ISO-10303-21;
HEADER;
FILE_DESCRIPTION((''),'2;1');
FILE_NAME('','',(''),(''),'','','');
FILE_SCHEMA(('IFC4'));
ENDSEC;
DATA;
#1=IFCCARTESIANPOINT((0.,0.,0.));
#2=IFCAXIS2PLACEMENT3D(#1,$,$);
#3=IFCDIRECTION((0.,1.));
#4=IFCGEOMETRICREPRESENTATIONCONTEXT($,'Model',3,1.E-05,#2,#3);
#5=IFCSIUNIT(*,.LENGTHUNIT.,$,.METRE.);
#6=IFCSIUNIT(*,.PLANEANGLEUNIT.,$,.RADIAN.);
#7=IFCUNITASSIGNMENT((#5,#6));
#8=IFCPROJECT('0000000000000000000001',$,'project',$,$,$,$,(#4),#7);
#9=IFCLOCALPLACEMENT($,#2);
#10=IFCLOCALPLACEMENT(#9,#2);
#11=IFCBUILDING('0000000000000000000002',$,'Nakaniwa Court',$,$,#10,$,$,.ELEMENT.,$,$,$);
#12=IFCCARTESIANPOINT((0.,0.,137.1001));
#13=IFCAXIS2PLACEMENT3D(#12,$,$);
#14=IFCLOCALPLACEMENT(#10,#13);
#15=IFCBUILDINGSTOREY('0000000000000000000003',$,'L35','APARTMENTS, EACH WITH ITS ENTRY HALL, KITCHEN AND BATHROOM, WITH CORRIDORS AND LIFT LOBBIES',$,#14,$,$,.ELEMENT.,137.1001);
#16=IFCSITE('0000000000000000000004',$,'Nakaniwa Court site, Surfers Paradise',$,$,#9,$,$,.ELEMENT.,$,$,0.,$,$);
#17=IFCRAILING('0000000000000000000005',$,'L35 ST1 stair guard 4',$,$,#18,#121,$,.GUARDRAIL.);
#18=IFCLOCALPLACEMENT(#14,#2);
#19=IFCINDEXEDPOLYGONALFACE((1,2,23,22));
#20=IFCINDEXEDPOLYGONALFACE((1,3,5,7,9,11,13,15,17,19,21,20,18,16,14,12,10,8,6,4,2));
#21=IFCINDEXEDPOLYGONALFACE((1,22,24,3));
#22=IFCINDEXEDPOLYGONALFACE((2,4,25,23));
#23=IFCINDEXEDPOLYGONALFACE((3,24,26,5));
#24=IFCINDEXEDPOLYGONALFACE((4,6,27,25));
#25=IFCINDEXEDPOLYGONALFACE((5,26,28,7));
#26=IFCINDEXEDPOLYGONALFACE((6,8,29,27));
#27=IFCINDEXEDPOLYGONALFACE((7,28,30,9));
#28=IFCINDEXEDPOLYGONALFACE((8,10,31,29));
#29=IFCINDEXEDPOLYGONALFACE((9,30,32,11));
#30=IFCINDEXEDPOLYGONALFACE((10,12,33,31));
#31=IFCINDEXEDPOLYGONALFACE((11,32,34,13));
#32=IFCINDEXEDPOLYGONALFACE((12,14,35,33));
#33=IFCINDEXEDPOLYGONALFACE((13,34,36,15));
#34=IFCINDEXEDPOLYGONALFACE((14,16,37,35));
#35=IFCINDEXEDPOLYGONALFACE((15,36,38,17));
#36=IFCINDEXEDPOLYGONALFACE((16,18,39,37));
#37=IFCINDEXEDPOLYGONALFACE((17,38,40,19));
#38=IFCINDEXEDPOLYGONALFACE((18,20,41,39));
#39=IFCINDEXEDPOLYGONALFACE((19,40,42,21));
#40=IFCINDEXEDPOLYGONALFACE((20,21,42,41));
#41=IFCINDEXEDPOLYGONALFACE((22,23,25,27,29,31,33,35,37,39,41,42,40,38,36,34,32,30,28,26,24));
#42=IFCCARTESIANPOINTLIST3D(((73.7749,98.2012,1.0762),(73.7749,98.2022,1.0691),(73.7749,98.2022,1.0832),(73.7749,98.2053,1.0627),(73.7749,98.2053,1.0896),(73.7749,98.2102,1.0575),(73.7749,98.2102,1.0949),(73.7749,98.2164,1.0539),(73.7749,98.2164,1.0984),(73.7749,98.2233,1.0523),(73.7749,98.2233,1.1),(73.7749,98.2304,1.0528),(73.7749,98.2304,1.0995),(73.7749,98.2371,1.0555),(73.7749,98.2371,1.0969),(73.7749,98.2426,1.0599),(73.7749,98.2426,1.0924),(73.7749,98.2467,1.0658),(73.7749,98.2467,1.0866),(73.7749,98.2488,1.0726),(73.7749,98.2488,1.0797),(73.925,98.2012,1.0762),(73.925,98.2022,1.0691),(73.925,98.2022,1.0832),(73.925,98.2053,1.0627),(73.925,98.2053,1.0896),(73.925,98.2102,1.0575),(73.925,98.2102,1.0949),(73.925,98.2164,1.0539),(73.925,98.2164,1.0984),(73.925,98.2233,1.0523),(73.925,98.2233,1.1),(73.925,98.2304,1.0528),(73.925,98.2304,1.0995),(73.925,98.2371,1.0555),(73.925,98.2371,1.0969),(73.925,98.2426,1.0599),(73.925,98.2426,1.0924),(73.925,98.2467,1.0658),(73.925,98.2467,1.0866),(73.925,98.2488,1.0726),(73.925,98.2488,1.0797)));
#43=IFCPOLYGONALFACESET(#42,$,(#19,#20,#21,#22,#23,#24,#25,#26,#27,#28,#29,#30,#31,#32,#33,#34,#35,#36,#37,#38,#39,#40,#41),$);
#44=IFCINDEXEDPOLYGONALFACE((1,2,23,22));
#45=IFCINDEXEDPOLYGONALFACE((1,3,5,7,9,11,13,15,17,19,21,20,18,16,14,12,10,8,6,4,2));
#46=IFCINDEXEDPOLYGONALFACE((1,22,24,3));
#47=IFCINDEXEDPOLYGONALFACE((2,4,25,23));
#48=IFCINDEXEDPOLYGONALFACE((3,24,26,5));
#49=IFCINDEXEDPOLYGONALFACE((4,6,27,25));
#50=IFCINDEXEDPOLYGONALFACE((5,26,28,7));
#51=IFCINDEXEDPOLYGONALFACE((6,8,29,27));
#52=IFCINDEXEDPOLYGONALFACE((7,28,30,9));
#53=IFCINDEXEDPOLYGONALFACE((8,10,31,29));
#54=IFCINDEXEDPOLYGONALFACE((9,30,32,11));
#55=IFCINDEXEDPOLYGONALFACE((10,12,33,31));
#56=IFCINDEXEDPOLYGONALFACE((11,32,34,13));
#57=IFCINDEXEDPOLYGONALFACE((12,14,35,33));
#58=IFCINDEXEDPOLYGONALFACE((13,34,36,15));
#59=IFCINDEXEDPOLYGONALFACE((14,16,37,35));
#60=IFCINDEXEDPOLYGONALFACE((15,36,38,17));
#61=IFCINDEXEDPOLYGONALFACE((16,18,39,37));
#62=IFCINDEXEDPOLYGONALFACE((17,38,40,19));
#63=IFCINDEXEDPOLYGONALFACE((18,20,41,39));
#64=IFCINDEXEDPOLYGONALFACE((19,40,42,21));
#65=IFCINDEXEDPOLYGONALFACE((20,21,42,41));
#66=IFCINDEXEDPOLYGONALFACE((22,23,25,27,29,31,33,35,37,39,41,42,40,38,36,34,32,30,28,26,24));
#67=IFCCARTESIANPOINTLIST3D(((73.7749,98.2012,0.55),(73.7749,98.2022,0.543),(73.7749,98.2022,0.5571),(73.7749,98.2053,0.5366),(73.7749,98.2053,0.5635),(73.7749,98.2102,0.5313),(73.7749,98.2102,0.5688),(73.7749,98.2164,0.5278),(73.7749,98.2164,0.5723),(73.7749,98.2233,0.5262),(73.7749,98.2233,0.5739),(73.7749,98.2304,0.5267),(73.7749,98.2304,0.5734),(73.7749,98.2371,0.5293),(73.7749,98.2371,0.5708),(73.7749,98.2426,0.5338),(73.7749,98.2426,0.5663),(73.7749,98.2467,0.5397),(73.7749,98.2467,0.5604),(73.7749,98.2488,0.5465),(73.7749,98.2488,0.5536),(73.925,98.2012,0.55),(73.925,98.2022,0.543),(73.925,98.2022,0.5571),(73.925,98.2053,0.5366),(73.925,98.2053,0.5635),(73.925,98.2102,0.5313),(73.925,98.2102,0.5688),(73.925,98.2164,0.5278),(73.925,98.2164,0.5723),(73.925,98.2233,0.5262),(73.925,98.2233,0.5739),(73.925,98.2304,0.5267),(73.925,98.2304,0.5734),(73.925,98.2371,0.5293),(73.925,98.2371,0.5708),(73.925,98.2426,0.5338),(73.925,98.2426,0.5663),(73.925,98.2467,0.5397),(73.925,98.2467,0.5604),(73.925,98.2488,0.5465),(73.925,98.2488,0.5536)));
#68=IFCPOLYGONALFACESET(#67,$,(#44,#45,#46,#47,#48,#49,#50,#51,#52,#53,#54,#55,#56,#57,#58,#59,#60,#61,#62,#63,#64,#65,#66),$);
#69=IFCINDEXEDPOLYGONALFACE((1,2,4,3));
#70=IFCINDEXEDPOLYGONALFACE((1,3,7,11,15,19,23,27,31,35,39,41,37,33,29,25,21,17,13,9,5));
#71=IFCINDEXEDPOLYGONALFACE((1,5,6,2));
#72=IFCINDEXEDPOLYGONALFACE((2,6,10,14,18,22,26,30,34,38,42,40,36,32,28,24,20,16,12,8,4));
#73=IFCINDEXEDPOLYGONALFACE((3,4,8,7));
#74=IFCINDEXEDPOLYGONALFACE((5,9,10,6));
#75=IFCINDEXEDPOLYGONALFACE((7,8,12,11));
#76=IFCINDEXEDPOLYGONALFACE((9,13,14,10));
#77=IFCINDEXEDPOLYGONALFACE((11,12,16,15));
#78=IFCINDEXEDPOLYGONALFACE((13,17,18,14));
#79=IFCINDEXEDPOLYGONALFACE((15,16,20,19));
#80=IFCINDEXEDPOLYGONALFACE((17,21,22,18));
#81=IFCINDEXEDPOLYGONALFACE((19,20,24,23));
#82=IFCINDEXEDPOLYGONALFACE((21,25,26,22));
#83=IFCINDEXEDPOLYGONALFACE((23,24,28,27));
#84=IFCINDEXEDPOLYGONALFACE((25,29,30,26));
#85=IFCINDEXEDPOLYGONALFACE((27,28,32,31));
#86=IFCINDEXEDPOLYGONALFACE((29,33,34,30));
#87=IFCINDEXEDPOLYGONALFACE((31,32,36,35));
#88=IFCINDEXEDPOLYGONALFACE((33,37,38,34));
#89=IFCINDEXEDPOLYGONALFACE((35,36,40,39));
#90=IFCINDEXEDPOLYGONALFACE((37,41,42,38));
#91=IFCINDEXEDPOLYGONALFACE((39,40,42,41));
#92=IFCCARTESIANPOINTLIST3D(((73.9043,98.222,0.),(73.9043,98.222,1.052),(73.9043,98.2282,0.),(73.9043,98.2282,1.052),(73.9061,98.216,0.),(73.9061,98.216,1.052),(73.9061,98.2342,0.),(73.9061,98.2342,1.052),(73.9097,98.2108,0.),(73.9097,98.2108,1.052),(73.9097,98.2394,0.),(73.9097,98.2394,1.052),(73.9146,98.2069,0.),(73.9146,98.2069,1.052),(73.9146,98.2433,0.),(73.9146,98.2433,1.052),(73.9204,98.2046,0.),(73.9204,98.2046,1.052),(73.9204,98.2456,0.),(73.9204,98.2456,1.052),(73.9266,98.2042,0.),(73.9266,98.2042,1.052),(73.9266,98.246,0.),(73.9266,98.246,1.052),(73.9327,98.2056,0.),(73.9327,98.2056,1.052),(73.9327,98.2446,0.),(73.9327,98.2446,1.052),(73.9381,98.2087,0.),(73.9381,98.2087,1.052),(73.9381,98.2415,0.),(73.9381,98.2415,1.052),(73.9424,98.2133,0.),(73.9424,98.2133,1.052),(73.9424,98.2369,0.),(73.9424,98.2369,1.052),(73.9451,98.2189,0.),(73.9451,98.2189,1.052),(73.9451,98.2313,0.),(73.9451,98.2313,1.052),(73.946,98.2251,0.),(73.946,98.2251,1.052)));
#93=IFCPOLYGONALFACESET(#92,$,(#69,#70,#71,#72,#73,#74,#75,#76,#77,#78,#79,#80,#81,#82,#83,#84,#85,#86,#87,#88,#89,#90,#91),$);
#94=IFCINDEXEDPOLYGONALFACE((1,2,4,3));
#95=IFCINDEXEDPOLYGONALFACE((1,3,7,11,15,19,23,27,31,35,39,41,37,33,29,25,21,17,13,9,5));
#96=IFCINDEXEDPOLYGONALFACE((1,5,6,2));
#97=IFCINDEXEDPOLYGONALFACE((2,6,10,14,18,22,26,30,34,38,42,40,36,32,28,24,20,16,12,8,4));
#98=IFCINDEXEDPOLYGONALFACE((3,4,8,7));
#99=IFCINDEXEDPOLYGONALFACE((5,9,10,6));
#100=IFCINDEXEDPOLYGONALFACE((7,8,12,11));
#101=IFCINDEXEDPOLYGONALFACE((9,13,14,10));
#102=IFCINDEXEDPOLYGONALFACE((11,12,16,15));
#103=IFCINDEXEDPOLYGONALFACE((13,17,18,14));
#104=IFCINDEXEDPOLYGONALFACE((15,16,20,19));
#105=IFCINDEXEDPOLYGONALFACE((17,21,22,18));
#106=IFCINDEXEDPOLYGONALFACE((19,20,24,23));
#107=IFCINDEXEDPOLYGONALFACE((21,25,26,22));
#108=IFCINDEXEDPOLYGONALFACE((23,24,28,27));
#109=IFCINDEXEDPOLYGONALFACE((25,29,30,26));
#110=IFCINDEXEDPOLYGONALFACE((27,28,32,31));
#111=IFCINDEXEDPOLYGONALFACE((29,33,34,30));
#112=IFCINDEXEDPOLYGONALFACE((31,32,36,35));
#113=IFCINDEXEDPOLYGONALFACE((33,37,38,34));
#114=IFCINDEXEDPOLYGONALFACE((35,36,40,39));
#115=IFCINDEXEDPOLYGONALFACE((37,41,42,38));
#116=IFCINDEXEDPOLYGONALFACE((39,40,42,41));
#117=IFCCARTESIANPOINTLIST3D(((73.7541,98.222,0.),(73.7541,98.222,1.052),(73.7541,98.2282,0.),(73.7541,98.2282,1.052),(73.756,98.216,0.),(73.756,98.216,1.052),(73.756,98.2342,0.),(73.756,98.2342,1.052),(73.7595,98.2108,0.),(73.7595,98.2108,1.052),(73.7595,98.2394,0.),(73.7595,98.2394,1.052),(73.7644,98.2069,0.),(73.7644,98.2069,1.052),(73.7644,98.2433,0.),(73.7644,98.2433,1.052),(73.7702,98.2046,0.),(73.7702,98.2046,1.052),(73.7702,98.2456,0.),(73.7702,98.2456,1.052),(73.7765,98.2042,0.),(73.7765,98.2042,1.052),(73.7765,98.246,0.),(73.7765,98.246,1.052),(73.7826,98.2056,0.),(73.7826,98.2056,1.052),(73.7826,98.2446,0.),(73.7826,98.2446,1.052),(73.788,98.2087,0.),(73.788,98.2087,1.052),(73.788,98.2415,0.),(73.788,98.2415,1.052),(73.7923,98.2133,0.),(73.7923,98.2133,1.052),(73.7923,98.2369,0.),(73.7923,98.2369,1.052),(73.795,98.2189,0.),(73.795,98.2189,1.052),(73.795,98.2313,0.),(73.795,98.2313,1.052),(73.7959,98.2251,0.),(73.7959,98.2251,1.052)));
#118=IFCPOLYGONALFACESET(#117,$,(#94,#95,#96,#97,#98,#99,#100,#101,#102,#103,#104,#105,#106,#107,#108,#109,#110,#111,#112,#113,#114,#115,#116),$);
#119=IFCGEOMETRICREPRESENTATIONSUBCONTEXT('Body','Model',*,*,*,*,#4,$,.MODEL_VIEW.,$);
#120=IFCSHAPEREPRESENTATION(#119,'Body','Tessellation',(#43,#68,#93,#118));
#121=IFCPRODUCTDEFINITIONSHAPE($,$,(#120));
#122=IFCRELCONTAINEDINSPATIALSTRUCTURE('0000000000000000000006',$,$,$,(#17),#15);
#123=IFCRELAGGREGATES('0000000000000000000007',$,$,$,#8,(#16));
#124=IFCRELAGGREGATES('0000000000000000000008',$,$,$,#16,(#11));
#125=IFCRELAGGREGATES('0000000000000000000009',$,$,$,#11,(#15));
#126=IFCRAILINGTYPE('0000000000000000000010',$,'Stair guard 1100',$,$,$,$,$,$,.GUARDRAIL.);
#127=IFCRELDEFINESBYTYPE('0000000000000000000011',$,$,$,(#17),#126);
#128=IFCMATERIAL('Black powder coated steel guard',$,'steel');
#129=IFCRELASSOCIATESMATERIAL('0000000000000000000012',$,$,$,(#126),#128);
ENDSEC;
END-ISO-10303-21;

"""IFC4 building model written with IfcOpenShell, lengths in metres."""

from ifc_helpers import new_model, si_unit, direction, frame, origin, origin_2d, place, context, subcontext, project, spatial, circle, extrude, material, type_object, element, save


model = new_model("IFC4")

# Units and contexts
model_context = context("Model", 3, precision=1e-05, world=origin(), true_north=direction((0.0, 1.0)))
body_context = subcontext(model_context, "Body", "Model", "MODEL_VIEW")
ifc_project = project(units=[si_unit("LENGTHUNIT", "METRE"), si_unit("PLANEANGLEUNIT", "RADIAN")], contexts=[model_context])

# Site, building, storey
site_placement = place(None, origin())
site = spatial("IfcSite", under=ifc_project, at=site_placement, Name="Nakaniwa Court site, Surfers Paradise", CompositionType="ELEMENT", RefElevation=0.0)
building_placement = place(site_placement, origin())
building = spatial("IfcBuilding", under=site, at=building_placement, Name="Nakaniwa Court", CompositionType="ELEMENT")
storey_placement = place(building_placement, frame((0.0, 0.0, 137.1001)))
storey = spatial("IfcBuildingStorey", under=building, at=storey_placement, Name="L35", Description="APARTMENTS, EACH WITH ITS ENTRY HALL, KITCHEN AND BATHROOM, WITH CORRIDORS AND LIFT LOBBIES", CompositionType="ELEMENT", Elevation=137.1001)

# Railing
ifc_material_1 = material(Name="Black powder coated steel guard", Category="steel")
railing_type_1 = type_object("IfcRailingType", Name="Stair guard 1100", PredefinedType="GUARDRAIL", material=ifc_material_1)
railing_1_placement = place(storey_placement, frame((73.925, 98.2251, 0.0)))
element("IfcRailing", 1, at=railing_1_placement, inside=storey, type_object=railing_type_1, Name="L35 ST1 stair guard 4", PredefinedType="GUARDRAIL", context=body_context, shape_type="SweptSolid", body=[
    extrude(circle(Radius=0.0239, at=origin_2d()), frame((0.0, 0.0, 1.0762), z_axis=(-1.0, 0.0, 0.0), x_axis=(0.0, -1.0, 0.0)), (0.0, 0.0, 1.0), 0.1501),
    extrude(circle(Radius=0.0239, at=origin_2d()), frame((0.0, 0.0, 0.55), z_axis=(-1.0, 0.0, 0.0), x_axis=(0.0, -1.0, 0.0)), (0.0, 0.0, 1.0), 0.1501),
    extrude(circle(Radius=0.021, at=origin_2d()), origin(), (0.0, 0.0, 1.0), 1.052),
    extrude(circle(Radius=0.021, at=origin_2d()), frame((-0.1501, 0.0, 0.0)), (0.0, 0.0, 1.0), 1.052),
])

save(model, "model.ifc")
